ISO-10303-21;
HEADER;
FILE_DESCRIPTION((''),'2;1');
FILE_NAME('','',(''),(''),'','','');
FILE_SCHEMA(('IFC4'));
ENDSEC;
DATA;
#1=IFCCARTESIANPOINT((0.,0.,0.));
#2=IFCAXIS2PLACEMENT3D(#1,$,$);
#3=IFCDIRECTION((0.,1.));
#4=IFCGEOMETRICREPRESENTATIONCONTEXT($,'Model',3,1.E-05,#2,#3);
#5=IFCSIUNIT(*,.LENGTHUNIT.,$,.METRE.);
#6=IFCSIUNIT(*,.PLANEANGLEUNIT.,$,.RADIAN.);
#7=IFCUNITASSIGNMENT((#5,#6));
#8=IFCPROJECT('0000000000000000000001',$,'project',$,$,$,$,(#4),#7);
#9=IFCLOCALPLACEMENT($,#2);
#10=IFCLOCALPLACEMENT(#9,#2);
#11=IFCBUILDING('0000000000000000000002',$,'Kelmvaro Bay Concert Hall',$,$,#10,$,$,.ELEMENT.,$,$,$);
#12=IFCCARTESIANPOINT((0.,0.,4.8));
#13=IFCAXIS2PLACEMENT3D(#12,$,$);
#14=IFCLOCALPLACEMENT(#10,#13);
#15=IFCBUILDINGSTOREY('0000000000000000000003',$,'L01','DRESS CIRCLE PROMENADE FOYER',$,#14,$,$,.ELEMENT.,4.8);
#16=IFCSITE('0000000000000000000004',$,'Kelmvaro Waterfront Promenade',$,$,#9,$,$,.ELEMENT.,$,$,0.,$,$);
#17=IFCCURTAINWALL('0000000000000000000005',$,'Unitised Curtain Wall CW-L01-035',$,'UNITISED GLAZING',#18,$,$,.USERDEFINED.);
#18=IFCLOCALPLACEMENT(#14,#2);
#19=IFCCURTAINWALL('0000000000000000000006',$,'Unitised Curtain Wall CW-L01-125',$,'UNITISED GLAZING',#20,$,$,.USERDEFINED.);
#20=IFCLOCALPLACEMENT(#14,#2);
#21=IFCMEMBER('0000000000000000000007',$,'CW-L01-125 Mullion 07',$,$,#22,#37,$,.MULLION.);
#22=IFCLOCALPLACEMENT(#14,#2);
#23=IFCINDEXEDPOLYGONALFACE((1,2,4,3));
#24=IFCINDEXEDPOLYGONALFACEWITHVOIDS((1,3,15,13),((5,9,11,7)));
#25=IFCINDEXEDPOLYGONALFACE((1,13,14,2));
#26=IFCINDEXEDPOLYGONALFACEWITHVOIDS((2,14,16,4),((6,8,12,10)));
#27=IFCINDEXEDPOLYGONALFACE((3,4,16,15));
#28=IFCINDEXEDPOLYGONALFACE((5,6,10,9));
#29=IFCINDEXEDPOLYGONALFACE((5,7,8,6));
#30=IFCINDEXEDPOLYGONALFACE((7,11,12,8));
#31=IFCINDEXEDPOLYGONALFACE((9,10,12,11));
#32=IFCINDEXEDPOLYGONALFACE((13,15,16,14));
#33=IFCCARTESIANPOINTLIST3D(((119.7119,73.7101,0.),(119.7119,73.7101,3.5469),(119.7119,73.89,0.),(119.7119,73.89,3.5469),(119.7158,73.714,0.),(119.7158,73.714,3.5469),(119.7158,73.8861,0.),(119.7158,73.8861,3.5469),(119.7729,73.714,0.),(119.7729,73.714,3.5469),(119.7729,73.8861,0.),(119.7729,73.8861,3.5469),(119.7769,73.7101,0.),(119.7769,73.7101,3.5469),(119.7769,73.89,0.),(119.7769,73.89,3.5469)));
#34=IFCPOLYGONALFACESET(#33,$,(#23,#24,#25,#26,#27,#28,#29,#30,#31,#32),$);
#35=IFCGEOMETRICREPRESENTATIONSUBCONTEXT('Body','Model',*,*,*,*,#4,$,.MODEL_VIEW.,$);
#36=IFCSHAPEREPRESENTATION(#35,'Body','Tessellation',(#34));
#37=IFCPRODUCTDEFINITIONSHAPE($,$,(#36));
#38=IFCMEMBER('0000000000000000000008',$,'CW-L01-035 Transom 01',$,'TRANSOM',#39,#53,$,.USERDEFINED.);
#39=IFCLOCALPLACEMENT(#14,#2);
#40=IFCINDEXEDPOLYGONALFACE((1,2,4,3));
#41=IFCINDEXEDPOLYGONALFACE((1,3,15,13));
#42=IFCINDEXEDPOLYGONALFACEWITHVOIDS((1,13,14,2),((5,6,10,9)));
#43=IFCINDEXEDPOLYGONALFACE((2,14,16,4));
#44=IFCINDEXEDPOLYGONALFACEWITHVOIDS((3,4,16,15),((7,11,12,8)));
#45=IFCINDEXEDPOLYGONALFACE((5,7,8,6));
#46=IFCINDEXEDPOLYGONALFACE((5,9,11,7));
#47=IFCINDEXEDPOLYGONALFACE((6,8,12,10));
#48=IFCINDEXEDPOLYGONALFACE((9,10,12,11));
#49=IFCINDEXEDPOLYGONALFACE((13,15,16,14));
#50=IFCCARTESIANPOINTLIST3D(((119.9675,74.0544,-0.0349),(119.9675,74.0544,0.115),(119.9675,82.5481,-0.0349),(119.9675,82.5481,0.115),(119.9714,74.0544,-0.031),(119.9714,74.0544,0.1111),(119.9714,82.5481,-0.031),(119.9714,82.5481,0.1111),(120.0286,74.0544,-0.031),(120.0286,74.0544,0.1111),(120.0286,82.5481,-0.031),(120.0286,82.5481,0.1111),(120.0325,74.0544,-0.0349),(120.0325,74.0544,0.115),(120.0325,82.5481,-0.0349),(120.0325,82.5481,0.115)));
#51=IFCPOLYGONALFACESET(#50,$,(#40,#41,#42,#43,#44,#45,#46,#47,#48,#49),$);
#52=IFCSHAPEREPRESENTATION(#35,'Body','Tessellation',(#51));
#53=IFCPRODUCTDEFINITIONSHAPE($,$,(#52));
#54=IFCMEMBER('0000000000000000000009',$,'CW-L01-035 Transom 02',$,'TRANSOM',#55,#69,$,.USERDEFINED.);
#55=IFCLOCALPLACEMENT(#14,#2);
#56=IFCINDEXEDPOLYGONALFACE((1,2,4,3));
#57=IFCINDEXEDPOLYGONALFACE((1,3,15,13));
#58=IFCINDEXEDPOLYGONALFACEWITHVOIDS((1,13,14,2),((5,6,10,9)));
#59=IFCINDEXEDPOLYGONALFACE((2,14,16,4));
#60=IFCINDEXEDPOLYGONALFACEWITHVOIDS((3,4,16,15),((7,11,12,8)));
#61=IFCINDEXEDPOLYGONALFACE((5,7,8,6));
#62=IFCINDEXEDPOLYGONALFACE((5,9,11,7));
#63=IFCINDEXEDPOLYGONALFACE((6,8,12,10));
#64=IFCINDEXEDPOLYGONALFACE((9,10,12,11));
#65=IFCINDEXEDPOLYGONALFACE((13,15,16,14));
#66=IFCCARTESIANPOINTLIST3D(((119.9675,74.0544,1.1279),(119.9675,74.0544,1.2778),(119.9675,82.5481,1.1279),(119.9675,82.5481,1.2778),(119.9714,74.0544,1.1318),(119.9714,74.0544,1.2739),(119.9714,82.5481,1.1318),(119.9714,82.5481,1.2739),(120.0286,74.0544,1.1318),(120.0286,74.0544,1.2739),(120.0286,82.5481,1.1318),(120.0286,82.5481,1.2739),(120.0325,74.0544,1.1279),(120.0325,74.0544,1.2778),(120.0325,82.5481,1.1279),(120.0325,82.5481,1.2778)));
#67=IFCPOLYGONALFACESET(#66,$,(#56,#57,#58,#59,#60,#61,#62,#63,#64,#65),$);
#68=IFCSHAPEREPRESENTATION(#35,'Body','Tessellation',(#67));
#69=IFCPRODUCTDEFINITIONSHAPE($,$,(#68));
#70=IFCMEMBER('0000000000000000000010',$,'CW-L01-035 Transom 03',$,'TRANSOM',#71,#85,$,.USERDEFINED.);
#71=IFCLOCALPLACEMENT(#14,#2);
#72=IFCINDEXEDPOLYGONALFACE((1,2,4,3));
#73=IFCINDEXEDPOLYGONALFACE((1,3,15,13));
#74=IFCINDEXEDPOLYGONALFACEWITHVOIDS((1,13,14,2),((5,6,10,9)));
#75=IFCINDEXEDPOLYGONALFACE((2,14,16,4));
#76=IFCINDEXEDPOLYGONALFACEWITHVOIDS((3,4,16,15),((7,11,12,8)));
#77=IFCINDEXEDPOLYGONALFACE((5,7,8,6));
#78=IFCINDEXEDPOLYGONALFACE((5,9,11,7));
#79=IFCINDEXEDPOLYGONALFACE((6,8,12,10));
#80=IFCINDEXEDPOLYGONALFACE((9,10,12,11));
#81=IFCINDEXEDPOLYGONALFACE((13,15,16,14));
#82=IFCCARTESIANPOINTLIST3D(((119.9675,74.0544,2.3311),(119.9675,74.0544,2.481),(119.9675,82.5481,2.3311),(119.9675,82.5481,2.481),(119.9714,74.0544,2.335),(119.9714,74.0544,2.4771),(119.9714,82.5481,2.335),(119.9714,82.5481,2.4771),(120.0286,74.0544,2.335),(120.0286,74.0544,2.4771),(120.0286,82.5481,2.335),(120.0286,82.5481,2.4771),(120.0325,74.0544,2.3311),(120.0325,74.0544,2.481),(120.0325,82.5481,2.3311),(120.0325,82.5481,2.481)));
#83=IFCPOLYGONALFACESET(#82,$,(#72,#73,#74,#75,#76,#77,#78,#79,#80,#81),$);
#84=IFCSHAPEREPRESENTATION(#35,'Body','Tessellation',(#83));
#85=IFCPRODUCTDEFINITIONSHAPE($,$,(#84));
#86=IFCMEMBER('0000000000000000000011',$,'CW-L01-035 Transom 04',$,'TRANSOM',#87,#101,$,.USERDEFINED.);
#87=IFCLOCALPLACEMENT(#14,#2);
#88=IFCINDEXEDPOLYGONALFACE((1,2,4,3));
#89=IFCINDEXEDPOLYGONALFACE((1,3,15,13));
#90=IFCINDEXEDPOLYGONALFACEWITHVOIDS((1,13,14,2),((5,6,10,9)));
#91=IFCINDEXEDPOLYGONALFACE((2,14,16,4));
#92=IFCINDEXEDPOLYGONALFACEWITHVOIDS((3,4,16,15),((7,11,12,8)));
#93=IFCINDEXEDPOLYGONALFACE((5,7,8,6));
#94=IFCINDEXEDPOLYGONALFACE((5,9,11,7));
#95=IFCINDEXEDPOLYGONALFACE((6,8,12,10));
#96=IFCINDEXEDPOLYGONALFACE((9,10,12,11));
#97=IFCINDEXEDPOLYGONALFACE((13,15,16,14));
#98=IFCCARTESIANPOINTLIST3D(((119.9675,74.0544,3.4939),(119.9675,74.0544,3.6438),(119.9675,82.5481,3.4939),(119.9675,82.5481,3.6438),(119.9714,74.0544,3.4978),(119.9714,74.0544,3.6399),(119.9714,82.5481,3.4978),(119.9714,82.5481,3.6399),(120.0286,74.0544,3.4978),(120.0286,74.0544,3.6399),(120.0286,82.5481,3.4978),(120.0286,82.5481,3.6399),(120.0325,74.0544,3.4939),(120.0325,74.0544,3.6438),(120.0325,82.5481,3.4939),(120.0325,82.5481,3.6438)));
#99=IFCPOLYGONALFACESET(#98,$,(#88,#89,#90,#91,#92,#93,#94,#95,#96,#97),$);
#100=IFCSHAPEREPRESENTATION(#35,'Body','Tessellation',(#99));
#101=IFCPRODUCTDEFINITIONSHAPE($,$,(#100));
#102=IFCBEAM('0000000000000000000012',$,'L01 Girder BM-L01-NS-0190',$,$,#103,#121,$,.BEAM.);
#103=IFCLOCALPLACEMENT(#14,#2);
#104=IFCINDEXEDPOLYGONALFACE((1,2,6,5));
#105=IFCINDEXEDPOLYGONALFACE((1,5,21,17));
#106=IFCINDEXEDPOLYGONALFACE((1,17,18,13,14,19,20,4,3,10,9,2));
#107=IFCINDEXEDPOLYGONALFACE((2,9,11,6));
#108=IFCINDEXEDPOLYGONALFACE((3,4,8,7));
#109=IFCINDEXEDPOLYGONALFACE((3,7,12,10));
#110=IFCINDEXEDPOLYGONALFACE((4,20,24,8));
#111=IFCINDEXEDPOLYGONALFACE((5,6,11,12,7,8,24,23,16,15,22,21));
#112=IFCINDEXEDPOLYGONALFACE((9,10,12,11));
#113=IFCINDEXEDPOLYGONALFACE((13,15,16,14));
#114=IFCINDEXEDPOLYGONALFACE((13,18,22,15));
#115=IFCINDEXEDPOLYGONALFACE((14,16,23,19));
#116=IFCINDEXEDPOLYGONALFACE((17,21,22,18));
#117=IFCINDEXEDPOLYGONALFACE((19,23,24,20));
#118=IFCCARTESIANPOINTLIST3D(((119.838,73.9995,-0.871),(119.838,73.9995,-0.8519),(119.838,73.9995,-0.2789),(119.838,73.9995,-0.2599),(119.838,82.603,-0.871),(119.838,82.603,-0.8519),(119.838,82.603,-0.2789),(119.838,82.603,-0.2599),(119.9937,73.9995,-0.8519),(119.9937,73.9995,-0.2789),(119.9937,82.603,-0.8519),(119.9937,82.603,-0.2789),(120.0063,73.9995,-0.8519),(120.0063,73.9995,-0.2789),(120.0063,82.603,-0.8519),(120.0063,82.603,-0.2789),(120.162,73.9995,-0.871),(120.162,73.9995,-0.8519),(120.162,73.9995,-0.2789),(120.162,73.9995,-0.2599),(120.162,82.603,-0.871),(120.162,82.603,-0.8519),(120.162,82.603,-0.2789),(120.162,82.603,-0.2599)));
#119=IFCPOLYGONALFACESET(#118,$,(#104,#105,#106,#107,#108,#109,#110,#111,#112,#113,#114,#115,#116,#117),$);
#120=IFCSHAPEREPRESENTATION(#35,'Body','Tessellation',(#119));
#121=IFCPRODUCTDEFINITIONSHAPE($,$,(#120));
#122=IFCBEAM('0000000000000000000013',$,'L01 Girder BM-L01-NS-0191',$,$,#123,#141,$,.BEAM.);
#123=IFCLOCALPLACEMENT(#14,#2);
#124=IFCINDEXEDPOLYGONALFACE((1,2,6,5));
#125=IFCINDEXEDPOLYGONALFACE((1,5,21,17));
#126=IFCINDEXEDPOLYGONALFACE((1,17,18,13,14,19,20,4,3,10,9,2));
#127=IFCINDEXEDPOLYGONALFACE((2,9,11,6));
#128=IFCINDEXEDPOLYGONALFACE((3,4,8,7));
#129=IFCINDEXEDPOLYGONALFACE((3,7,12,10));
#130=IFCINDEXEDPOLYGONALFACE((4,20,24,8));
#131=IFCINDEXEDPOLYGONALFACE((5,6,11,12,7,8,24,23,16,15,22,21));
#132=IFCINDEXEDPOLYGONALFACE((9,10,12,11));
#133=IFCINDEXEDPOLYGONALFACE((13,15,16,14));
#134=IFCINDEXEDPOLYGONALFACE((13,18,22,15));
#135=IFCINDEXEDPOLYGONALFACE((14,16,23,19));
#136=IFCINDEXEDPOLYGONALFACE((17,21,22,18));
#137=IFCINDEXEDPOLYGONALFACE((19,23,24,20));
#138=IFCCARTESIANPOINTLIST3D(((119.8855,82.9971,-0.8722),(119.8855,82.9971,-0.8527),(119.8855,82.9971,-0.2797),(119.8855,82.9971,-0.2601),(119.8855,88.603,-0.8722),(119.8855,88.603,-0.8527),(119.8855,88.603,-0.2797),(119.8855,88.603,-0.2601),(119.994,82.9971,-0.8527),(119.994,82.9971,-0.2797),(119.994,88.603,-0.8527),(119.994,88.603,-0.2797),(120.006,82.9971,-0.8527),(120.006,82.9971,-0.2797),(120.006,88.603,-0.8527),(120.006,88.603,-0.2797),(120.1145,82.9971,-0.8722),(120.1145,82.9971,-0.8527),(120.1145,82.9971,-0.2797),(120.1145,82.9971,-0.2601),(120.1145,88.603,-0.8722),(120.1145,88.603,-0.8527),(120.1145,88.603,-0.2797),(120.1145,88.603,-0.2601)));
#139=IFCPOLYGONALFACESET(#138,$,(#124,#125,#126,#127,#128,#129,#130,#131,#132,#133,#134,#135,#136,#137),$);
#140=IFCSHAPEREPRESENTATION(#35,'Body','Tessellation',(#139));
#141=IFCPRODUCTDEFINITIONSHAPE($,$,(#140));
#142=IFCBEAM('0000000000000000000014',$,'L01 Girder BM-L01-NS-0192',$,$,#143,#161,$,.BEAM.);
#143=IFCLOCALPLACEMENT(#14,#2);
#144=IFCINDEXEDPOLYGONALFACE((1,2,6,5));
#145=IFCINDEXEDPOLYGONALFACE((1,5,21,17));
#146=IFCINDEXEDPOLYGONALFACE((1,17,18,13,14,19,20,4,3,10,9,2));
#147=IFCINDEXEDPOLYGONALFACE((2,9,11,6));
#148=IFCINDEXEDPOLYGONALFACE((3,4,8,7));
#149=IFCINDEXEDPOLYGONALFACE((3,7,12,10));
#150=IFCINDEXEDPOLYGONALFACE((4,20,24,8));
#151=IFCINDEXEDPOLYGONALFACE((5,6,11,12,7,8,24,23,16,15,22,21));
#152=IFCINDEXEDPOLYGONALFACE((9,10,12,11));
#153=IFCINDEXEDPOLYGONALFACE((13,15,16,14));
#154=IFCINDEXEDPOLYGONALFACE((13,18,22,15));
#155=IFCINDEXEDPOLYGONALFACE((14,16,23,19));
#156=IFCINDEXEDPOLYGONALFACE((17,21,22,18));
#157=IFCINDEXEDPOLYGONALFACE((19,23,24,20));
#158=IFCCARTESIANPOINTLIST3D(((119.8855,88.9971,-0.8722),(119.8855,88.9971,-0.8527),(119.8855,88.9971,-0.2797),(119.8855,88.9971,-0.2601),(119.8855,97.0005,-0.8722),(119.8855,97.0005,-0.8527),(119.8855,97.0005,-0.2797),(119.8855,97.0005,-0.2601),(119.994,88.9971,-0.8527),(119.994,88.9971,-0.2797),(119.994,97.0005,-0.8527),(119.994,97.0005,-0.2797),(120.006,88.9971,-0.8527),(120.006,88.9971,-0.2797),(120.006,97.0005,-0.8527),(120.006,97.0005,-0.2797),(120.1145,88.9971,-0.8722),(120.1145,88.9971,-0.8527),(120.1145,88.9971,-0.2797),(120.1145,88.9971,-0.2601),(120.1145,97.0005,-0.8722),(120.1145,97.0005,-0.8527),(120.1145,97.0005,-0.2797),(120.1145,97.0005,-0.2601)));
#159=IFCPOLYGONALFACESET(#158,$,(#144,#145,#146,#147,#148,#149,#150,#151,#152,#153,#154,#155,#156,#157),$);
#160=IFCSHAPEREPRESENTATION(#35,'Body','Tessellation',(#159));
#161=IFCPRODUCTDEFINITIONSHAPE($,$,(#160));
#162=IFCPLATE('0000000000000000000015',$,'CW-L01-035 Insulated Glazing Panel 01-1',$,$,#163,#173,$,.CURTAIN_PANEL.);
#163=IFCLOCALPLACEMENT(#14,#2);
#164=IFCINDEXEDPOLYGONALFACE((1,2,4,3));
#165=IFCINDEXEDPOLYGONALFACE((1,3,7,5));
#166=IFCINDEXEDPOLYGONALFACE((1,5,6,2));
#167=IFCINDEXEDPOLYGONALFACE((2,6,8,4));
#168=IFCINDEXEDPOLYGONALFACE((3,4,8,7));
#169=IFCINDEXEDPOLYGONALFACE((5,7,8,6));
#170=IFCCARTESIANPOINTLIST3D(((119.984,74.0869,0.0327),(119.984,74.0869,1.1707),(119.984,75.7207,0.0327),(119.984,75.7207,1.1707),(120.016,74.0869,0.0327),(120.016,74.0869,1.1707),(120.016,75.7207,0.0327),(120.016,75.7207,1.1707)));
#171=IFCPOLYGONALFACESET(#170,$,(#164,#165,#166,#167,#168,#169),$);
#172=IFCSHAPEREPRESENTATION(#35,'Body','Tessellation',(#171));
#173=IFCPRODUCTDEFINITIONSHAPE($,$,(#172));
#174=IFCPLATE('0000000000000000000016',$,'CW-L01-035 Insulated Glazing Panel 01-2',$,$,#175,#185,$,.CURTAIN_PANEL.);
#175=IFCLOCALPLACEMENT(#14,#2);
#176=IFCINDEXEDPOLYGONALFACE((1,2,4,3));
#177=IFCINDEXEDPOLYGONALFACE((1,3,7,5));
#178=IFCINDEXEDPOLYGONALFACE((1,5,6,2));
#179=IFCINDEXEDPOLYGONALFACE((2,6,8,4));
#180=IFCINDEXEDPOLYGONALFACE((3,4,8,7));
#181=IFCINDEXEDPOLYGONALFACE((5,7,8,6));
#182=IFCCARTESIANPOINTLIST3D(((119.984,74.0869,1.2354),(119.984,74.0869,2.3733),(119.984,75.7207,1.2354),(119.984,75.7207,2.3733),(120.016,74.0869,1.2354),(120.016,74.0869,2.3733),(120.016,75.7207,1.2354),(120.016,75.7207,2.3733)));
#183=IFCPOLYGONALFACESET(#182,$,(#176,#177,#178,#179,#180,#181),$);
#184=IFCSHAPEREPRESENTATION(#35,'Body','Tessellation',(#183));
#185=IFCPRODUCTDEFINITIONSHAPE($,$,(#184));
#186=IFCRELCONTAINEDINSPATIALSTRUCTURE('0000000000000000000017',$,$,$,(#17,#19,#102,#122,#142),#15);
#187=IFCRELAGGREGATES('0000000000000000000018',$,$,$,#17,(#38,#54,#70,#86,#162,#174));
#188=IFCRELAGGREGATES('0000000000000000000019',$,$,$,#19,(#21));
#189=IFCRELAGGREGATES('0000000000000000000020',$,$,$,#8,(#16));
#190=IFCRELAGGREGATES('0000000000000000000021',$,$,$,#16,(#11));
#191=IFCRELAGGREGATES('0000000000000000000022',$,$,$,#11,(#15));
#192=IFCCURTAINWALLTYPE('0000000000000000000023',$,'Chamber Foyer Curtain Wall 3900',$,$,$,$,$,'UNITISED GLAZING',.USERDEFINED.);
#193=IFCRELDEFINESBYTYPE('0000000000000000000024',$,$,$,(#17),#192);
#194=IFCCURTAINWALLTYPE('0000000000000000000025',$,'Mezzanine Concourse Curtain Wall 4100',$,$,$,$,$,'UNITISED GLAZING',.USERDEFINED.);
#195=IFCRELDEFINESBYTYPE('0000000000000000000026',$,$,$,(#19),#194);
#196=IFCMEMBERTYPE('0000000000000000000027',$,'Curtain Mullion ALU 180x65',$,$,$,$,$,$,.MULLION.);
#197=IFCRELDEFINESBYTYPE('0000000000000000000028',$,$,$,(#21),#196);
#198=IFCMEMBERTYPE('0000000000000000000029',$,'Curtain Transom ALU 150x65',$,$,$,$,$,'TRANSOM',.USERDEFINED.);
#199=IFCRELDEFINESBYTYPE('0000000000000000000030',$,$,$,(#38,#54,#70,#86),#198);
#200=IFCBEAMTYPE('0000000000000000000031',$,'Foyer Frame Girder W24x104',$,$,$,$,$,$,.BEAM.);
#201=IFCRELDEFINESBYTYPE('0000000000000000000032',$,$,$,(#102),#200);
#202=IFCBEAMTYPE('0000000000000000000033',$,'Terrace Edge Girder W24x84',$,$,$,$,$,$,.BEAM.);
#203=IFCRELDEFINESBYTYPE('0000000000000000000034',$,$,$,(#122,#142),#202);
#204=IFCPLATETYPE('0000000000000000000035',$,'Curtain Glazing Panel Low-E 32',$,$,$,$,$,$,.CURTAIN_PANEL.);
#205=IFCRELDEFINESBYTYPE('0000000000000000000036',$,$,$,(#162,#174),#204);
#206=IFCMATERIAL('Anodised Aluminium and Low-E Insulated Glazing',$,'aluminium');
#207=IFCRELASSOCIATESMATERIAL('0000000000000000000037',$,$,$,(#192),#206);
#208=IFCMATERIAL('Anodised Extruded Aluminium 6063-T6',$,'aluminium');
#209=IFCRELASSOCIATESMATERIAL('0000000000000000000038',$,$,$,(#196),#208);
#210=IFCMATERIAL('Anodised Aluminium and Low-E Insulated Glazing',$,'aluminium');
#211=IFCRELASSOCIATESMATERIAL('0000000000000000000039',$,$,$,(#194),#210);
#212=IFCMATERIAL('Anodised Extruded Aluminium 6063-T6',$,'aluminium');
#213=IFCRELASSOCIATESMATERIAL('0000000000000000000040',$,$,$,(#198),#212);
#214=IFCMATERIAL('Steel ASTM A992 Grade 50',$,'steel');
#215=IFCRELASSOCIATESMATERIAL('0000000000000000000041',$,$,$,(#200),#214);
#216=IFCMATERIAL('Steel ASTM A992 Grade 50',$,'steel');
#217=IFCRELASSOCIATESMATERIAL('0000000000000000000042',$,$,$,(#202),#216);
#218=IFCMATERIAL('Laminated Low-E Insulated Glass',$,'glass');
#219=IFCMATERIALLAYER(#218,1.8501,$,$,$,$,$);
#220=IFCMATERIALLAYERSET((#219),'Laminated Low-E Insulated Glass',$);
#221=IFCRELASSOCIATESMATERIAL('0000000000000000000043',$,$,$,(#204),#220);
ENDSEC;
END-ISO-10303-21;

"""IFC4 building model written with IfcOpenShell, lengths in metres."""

from ifc_helpers import new_model, si_unit, direction, frame, origin, origin_2d, place, context, subcontext, project, spatial, rectangle, hollow_rectangle, i_section, extrude, material, layer, layer_set, material_profile, profile_set, type_object, element, aggregate, save


model = new_model("IFC4")

# Units and contexts
model_context = context("Model", 3, precision=1e-05, world=origin(), true_north=direction((0.0, 1.0)))
body_context = subcontext(model_context, "Body", "Model", "MODEL_VIEW")
ifc_project = project(units=[si_unit("LENGTHUNIT", "METRE"), si_unit("PLANEANGLEUNIT", "RADIAN")], contexts=[model_context])

# Site, building, storey
site_placement = place(None, origin())
site = spatial("IfcSite", under=ifc_project, at=site_placement, Name="Kelmvaro Waterfront Promenade", CompositionType="ELEMENT", RefElevation=0.0)
building_placement = place(site_placement, origin())
building = spatial("IfcBuilding", under=site, at=building_placement, Name="Kelmvaro Bay Concert Hall", CompositionType="ELEMENT")
storey_placement = place(building_placement, frame((0.0, 0.0, 4.8)))
storey = spatial("IfcBuildingStorey", under=building, at=storey_placement, Name="L01", Description="DRESS CIRCLE PROMENADE FOYER", CompositionType="ELEMENT", Elevation=4.8)

# Curtain wall
ifc_material_1 = material(Name="Anodised Aluminium and Low-E Insulated Glazing", Category="aluminium")
curtain_wall_type_1 = type_object("IfcCurtainWallType", Name="Chamber Foyer Curtain Wall 3900", ElementType="UNITISED GLAZING", PredefinedType="USERDEFINED", material=ifc_material_1)
curtain_wall_1_placement = place(storey_placement, origin())
curtain_wall_1 = element("IfcCurtainWall", 1, at=curtain_wall_1_placement, inside=storey, type_object=curtain_wall_type_1, Name="Unitised Curtain Wall CW-L01-035", ObjectType="UNITISED GLAZING", PredefinedType="USERDEFINED")
ifc_material_2 = material(Name="Anodised Extruded Aluminium 6063-T6", Category="aluminium")
ifc_material_profile_1 = material_profile(ifc_material_2, hollow_rectangle(XDim=0.0649, YDim=0.1799, WallThickness=0.0039, at=origin_2d()), Name="ALU-MUL-180X65")
ifc_profile_set_1 = profile_set([ifc_material_profile_1], Name="Anodised Extruded Aluminium 6063-T6")
member_type_1 = type_object("IfcMemberType", Name="Curtain Mullion ALU 180x65", PredefinedType="MULLION", material=ifc_profile_set_1)

# Curtain wall, member
ifc_material_3 = material(Name="Anodised Aluminium and Low-E Insulated Glazing", Category="aluminium")
curtain_wall_type_2 = type_object("IfcCurtainWallType", Name="Mezzanine Concourse Curtain Wall 4100", ElementType="UNITISED GLAZING", PredefinedType="USERDEFINED", material=ifc_material_3)
curtain_wall_2_placement = place(storey_placement, origin())
curtain_wall_2 = element("IfcCurtainWall", 2, at=curtain_wall_2_placement, inside=storey, type_object=curtain_wall_type_2, Name="Unitised Curtain Wall CW-L01-125", ObjectType="UNITISED GLAZING", PredefinedType="USERDEFINED")
member_1_placement = place(storey_placement, frame((119.7444, 73.8, 0.0), z_axis=(0.0, 0.0, 1.0), x_axis=(1.0, 0.0, 0.0)))
member_1 = element("IfcMember", 3, at=member_1_placement, type_object=member_type_1, Name="CW-L01-125 Mullion 07", PredefinedType="MULLION", context=body_context, shape_type="SweptSolid", body=[
    extrude(hollow_rectangle(XDim=0.0649, YDim=0.1799, WallThickness=0.0039, at=origin_2d()), origin(), (0.0, 0.0, 1.0), 3.5469),
])

# Members
ifc_material_4 = material(Name="Anodised Extruded Aluminium 6063-T6", Category="aluminium")
ifc_material_profile_2 = material_profile(ifc_material_4, hollow_rectangle(XDim=0.0649, YDim=0.1499, WallThickness=0.0039, at=origin_2d()), Name="ALU-TRN-150X65")
ifc_profile_set_2 = profile_set([ifc_material_profile_2], Name="Anodised Extruded Aluminium 6063-T6")
member_type_2 = type_object("IfcMemberType", Name="Curtain Transom ALU 150x65", ElementType="TRANSOM", PredefinedType="USERDEFINED", material=ifc_profile_set_2)
member_2_placement = place(storey_placement, frame((120.0, 74.0544, 0.04), z_axis=(0.0, 1.0, 0.0), x_axis=(-1.0, 0.0, 0.0)))
member_2 = element("IfcMember", 4, at=member_2_placement, type_object=member_type_2, Name="CW-L01-035 Transom 01", ObjectType="TRANSOM", PredefinedType="USERDEFINED", context=body_context, shape_type="SweptSolid", body=[
    extrude(hollow_rectangle(XDim=0.0649, YDim=0.1499, WallThickness=0.0039, at=origin_2d()), origin(), (0.0, 0.0, 1.0), 8.4937),
])
member_3_placement = place(storey_placement, frame((120.0, 74.0544, 1.2029), z_axis=(0.0, 1.0, 0.0), x_axis=(-1.0, 0.0, 0.0)))
member_3 = element("IfcMember", 5, at=member_3_placement, type_object=member_type_2, Name="CW-L01-035 Transom 02", ObjectType="TRANSOM", PredefinedType="USERDEFINED", context=body_context, shape_type="SweptSolid", body=[
    extrude(hollow_rectangle(XDim=0.0649, YDim=0.1499, WallThickness=0.0039, at=origin_2d()), origin(), (0.0, 0.0, 1.0), 8.4937),
])
member_4_placement = place(storey_placement, frame((120.0, 74.0544, 2.406), z_axis=(0.0, 1.0, 0.0), x_axis=(-1.0, 0.0, 0.0)))
member_4 = element("IfcMember", 6, at=member_4_placement, type_object=member_type_2, Name="CW-L01-035 Transom 03", ObjectType="TRANSOM", PredefinedType="USERDEFINED", context=body_context, shape_type="SweptSolid", body=[
    extrude(hollow_rectangle(XDim=0.0649, YDim=0.1499, WallThickness=0.0039, at=origin_2d()), origin(), (0.0, 0.0, 1.0), 8.4937),
])
member_5_placement = place(storey_placement, frame((120.0, 74.0544, 3.5688), z_axis=(0.0, 1.0, 0.0), x_axis=(-1.0, 0.0, 0.0)))
member_5 = element("IfcMember", 7, at=member_5_placement, type_object=member_type_2, Name="CW-L01-035 Transom 04", ObjectType="TRANSOM", PredefinedType="USERDEFINED", context=body_context, shape_type="SweptSolid", body=[
    extrude(hollow_rectangle(XDim=0.0649, YDim=0.1499, WallThickness=0.0039, at=origin_2d()), origin(), (0.0, 0.0, 1.0), 8.4937),
])

# Beams
ifc_material_5 = material(Name="Steel ASTM A992 Grade 50", Category="steel")
ifc_material_profile_3 = material_profile(ifc_material_5, i_section(OverallWidth=0.324, OverallDepth=0.6111, WebThickness=0.0127, FlangeThickness=0.019, at=origin_2d()), Name="W24X104")
ifc_profile_set_3 = profile_set([ifc_material_profile_3], Name="Steel ASTM A992 Grade 50")
beam_type_1 = type_object("IfcBeamType", Name="Foyer Frame Girder W24x104", PredefinedType="BEAM", material=ifc_profile_set_3)
beam_1_placement = place(storey_placement, frame((120.0, 73.9995, -0.5654), z_axis=(0.0, 1.0, 0.0), x_axis=(-1.0, 0.0, 0.0)))
element("IfcBeam", 8, at=beam_1_placement, inside=storey, type_object=beam_type_1, Name="L01 Girder BM-L01-NS-0190", PredefinedType="BEAM", context=body_context, shape_type="SweptSolid", body=[
    extrude(i_section(OverallWidth=0.324, OverallDepth=0.6111, WebThickness=0.0127, FlangeThickness=0.019, at=origin_2d()), origin(), (0.0, 0.0, 1.0), 8.6035),
])
ifc_material_6 = material(Name="Steel ASTM A992 Grade 50", Category="steel")
ifc_material_profile_4 = material_profile(ifc_material_6, i_section(OverallWidth=0.229, OverallDepth=0.6121, WebThickness=0.012, FlangeThickness=0.0195, at=origin_2d()), Name="W24X84")
ifc_profile_set_4 = profile_set([ifc_material_profile_4], Name="Steel ASTM A992 Grade 50")
beam_type_2 = type_object("IfcBeamType", Name="Terrace Edge Girder W24x84", PredefinedType="BEAM", material=ifc_profile_set_4)
beam_2_placement = place(storey_placement, frame((120.0, 82.9971, -0.5662), z_axis=(0.0, 1.0, 0.0), x_axis=(-1.0, 0.0, 0.0)))
element("IfcBeam", 9, at=beam_2_placement, inside=storey, type_object=beam_type_2, Name="L01 Girder BM-L01-NS-0191", PredefinedType="BEAM", context=body_context, shape_type="SweptSolid", body=[
    extrude(i_section(OverallWidth=0.229, OverallDepth=0.6121, WebThickness=0.012, FlangeThickness=0.0195, at=origin_2d()), origin(), (0.0, 0.0, 1.0), 5.606),
])
beam_3_placement = place(storey_placement, frame((120.0, 88.9971, -0.5662), z_axis=(0.0, 1.0, 0.0), x_axis=(-1.0, 0.0, 0.0)))
element("IfcBeam", 10, at=beam_3_placement, inside=storey, type_object=beam_type_2, Name="L01 Girder BM-L01-NS-0192", PredefinedType="BEAM", context=body_context, shape_type="SweptSolid", body=[
    extrude(i_section(OverallWidth=0.229, OverallDepth=0.6121, WebThickness=0.012, FlangeThickness=0.0195, at=origin_2d()), origin(), (0.0, 0.0, 1.0), 8.0034),
])

# Plates
ifc_material_7 = material(Name="Laminated Low-E Insulated Glass", Category="glass")
ifc_layer = layer(ifc_material_7, 1.8501)
ifc_layer_set = layer_set([ifc_layer], Name="Laminated Low-E Insulated Glass")
plate_type = type_object("IfcPlateType", Name="Curtain Glazing Panel Low-E 32", PredefinedType="CURTAIN_PANEL", material=ifc_layer_set)
plate_1_placement = place(storey_placement, frame((120.0, 74.9038, 0.0327), z_axis=(0.0, 0.0, 1.0), x_axis=(0.0, 1.0, 0.0)))
plate_1 = element("IfcPlate", 11, at=plate_1_placement, type_object=plate_type, Name="CW-L01-035 Insulated Glazing Panel 01-1", PredefinedType="CURTAIN_PANEL", context=body_context, shape_type="SweptSolid", body=[
    extrude(rectangle(XDim=1.6338, YDim=0.032, at=origin_2d()), origin(), (0.0, 0.0, 1.0), 1.1379),
])
plate_2_placement = place(storey_placement, frame((120.0, 74.9038, 1.2354), z_axis=(0.0, 0.0, 1.0), x_axis=(0.0, 1.0, 0.0)))
plate_2 = element("IfcPlate", 12, at=plate_2_placement, type_object=plate_type, Name="CW-L01-035 Insulated Glazing Panel 01-2", PredefinedType="CURTAIN_PANEL", context=body_context, shape_type="SweptSolid", body=[
    extrude(rectangle(XDim=1.6338, YDim=0.032, at=origin_2d()), origin(), (0.0, 0.0, 1.0), 1.1379),
])
aggregate(curtain_wall_1, [member_2, member_3, member_4, member_5, plate_1, plate_2])
aggregate(curtain_wall_2, [member_1])

save(model, "model.ifc")
